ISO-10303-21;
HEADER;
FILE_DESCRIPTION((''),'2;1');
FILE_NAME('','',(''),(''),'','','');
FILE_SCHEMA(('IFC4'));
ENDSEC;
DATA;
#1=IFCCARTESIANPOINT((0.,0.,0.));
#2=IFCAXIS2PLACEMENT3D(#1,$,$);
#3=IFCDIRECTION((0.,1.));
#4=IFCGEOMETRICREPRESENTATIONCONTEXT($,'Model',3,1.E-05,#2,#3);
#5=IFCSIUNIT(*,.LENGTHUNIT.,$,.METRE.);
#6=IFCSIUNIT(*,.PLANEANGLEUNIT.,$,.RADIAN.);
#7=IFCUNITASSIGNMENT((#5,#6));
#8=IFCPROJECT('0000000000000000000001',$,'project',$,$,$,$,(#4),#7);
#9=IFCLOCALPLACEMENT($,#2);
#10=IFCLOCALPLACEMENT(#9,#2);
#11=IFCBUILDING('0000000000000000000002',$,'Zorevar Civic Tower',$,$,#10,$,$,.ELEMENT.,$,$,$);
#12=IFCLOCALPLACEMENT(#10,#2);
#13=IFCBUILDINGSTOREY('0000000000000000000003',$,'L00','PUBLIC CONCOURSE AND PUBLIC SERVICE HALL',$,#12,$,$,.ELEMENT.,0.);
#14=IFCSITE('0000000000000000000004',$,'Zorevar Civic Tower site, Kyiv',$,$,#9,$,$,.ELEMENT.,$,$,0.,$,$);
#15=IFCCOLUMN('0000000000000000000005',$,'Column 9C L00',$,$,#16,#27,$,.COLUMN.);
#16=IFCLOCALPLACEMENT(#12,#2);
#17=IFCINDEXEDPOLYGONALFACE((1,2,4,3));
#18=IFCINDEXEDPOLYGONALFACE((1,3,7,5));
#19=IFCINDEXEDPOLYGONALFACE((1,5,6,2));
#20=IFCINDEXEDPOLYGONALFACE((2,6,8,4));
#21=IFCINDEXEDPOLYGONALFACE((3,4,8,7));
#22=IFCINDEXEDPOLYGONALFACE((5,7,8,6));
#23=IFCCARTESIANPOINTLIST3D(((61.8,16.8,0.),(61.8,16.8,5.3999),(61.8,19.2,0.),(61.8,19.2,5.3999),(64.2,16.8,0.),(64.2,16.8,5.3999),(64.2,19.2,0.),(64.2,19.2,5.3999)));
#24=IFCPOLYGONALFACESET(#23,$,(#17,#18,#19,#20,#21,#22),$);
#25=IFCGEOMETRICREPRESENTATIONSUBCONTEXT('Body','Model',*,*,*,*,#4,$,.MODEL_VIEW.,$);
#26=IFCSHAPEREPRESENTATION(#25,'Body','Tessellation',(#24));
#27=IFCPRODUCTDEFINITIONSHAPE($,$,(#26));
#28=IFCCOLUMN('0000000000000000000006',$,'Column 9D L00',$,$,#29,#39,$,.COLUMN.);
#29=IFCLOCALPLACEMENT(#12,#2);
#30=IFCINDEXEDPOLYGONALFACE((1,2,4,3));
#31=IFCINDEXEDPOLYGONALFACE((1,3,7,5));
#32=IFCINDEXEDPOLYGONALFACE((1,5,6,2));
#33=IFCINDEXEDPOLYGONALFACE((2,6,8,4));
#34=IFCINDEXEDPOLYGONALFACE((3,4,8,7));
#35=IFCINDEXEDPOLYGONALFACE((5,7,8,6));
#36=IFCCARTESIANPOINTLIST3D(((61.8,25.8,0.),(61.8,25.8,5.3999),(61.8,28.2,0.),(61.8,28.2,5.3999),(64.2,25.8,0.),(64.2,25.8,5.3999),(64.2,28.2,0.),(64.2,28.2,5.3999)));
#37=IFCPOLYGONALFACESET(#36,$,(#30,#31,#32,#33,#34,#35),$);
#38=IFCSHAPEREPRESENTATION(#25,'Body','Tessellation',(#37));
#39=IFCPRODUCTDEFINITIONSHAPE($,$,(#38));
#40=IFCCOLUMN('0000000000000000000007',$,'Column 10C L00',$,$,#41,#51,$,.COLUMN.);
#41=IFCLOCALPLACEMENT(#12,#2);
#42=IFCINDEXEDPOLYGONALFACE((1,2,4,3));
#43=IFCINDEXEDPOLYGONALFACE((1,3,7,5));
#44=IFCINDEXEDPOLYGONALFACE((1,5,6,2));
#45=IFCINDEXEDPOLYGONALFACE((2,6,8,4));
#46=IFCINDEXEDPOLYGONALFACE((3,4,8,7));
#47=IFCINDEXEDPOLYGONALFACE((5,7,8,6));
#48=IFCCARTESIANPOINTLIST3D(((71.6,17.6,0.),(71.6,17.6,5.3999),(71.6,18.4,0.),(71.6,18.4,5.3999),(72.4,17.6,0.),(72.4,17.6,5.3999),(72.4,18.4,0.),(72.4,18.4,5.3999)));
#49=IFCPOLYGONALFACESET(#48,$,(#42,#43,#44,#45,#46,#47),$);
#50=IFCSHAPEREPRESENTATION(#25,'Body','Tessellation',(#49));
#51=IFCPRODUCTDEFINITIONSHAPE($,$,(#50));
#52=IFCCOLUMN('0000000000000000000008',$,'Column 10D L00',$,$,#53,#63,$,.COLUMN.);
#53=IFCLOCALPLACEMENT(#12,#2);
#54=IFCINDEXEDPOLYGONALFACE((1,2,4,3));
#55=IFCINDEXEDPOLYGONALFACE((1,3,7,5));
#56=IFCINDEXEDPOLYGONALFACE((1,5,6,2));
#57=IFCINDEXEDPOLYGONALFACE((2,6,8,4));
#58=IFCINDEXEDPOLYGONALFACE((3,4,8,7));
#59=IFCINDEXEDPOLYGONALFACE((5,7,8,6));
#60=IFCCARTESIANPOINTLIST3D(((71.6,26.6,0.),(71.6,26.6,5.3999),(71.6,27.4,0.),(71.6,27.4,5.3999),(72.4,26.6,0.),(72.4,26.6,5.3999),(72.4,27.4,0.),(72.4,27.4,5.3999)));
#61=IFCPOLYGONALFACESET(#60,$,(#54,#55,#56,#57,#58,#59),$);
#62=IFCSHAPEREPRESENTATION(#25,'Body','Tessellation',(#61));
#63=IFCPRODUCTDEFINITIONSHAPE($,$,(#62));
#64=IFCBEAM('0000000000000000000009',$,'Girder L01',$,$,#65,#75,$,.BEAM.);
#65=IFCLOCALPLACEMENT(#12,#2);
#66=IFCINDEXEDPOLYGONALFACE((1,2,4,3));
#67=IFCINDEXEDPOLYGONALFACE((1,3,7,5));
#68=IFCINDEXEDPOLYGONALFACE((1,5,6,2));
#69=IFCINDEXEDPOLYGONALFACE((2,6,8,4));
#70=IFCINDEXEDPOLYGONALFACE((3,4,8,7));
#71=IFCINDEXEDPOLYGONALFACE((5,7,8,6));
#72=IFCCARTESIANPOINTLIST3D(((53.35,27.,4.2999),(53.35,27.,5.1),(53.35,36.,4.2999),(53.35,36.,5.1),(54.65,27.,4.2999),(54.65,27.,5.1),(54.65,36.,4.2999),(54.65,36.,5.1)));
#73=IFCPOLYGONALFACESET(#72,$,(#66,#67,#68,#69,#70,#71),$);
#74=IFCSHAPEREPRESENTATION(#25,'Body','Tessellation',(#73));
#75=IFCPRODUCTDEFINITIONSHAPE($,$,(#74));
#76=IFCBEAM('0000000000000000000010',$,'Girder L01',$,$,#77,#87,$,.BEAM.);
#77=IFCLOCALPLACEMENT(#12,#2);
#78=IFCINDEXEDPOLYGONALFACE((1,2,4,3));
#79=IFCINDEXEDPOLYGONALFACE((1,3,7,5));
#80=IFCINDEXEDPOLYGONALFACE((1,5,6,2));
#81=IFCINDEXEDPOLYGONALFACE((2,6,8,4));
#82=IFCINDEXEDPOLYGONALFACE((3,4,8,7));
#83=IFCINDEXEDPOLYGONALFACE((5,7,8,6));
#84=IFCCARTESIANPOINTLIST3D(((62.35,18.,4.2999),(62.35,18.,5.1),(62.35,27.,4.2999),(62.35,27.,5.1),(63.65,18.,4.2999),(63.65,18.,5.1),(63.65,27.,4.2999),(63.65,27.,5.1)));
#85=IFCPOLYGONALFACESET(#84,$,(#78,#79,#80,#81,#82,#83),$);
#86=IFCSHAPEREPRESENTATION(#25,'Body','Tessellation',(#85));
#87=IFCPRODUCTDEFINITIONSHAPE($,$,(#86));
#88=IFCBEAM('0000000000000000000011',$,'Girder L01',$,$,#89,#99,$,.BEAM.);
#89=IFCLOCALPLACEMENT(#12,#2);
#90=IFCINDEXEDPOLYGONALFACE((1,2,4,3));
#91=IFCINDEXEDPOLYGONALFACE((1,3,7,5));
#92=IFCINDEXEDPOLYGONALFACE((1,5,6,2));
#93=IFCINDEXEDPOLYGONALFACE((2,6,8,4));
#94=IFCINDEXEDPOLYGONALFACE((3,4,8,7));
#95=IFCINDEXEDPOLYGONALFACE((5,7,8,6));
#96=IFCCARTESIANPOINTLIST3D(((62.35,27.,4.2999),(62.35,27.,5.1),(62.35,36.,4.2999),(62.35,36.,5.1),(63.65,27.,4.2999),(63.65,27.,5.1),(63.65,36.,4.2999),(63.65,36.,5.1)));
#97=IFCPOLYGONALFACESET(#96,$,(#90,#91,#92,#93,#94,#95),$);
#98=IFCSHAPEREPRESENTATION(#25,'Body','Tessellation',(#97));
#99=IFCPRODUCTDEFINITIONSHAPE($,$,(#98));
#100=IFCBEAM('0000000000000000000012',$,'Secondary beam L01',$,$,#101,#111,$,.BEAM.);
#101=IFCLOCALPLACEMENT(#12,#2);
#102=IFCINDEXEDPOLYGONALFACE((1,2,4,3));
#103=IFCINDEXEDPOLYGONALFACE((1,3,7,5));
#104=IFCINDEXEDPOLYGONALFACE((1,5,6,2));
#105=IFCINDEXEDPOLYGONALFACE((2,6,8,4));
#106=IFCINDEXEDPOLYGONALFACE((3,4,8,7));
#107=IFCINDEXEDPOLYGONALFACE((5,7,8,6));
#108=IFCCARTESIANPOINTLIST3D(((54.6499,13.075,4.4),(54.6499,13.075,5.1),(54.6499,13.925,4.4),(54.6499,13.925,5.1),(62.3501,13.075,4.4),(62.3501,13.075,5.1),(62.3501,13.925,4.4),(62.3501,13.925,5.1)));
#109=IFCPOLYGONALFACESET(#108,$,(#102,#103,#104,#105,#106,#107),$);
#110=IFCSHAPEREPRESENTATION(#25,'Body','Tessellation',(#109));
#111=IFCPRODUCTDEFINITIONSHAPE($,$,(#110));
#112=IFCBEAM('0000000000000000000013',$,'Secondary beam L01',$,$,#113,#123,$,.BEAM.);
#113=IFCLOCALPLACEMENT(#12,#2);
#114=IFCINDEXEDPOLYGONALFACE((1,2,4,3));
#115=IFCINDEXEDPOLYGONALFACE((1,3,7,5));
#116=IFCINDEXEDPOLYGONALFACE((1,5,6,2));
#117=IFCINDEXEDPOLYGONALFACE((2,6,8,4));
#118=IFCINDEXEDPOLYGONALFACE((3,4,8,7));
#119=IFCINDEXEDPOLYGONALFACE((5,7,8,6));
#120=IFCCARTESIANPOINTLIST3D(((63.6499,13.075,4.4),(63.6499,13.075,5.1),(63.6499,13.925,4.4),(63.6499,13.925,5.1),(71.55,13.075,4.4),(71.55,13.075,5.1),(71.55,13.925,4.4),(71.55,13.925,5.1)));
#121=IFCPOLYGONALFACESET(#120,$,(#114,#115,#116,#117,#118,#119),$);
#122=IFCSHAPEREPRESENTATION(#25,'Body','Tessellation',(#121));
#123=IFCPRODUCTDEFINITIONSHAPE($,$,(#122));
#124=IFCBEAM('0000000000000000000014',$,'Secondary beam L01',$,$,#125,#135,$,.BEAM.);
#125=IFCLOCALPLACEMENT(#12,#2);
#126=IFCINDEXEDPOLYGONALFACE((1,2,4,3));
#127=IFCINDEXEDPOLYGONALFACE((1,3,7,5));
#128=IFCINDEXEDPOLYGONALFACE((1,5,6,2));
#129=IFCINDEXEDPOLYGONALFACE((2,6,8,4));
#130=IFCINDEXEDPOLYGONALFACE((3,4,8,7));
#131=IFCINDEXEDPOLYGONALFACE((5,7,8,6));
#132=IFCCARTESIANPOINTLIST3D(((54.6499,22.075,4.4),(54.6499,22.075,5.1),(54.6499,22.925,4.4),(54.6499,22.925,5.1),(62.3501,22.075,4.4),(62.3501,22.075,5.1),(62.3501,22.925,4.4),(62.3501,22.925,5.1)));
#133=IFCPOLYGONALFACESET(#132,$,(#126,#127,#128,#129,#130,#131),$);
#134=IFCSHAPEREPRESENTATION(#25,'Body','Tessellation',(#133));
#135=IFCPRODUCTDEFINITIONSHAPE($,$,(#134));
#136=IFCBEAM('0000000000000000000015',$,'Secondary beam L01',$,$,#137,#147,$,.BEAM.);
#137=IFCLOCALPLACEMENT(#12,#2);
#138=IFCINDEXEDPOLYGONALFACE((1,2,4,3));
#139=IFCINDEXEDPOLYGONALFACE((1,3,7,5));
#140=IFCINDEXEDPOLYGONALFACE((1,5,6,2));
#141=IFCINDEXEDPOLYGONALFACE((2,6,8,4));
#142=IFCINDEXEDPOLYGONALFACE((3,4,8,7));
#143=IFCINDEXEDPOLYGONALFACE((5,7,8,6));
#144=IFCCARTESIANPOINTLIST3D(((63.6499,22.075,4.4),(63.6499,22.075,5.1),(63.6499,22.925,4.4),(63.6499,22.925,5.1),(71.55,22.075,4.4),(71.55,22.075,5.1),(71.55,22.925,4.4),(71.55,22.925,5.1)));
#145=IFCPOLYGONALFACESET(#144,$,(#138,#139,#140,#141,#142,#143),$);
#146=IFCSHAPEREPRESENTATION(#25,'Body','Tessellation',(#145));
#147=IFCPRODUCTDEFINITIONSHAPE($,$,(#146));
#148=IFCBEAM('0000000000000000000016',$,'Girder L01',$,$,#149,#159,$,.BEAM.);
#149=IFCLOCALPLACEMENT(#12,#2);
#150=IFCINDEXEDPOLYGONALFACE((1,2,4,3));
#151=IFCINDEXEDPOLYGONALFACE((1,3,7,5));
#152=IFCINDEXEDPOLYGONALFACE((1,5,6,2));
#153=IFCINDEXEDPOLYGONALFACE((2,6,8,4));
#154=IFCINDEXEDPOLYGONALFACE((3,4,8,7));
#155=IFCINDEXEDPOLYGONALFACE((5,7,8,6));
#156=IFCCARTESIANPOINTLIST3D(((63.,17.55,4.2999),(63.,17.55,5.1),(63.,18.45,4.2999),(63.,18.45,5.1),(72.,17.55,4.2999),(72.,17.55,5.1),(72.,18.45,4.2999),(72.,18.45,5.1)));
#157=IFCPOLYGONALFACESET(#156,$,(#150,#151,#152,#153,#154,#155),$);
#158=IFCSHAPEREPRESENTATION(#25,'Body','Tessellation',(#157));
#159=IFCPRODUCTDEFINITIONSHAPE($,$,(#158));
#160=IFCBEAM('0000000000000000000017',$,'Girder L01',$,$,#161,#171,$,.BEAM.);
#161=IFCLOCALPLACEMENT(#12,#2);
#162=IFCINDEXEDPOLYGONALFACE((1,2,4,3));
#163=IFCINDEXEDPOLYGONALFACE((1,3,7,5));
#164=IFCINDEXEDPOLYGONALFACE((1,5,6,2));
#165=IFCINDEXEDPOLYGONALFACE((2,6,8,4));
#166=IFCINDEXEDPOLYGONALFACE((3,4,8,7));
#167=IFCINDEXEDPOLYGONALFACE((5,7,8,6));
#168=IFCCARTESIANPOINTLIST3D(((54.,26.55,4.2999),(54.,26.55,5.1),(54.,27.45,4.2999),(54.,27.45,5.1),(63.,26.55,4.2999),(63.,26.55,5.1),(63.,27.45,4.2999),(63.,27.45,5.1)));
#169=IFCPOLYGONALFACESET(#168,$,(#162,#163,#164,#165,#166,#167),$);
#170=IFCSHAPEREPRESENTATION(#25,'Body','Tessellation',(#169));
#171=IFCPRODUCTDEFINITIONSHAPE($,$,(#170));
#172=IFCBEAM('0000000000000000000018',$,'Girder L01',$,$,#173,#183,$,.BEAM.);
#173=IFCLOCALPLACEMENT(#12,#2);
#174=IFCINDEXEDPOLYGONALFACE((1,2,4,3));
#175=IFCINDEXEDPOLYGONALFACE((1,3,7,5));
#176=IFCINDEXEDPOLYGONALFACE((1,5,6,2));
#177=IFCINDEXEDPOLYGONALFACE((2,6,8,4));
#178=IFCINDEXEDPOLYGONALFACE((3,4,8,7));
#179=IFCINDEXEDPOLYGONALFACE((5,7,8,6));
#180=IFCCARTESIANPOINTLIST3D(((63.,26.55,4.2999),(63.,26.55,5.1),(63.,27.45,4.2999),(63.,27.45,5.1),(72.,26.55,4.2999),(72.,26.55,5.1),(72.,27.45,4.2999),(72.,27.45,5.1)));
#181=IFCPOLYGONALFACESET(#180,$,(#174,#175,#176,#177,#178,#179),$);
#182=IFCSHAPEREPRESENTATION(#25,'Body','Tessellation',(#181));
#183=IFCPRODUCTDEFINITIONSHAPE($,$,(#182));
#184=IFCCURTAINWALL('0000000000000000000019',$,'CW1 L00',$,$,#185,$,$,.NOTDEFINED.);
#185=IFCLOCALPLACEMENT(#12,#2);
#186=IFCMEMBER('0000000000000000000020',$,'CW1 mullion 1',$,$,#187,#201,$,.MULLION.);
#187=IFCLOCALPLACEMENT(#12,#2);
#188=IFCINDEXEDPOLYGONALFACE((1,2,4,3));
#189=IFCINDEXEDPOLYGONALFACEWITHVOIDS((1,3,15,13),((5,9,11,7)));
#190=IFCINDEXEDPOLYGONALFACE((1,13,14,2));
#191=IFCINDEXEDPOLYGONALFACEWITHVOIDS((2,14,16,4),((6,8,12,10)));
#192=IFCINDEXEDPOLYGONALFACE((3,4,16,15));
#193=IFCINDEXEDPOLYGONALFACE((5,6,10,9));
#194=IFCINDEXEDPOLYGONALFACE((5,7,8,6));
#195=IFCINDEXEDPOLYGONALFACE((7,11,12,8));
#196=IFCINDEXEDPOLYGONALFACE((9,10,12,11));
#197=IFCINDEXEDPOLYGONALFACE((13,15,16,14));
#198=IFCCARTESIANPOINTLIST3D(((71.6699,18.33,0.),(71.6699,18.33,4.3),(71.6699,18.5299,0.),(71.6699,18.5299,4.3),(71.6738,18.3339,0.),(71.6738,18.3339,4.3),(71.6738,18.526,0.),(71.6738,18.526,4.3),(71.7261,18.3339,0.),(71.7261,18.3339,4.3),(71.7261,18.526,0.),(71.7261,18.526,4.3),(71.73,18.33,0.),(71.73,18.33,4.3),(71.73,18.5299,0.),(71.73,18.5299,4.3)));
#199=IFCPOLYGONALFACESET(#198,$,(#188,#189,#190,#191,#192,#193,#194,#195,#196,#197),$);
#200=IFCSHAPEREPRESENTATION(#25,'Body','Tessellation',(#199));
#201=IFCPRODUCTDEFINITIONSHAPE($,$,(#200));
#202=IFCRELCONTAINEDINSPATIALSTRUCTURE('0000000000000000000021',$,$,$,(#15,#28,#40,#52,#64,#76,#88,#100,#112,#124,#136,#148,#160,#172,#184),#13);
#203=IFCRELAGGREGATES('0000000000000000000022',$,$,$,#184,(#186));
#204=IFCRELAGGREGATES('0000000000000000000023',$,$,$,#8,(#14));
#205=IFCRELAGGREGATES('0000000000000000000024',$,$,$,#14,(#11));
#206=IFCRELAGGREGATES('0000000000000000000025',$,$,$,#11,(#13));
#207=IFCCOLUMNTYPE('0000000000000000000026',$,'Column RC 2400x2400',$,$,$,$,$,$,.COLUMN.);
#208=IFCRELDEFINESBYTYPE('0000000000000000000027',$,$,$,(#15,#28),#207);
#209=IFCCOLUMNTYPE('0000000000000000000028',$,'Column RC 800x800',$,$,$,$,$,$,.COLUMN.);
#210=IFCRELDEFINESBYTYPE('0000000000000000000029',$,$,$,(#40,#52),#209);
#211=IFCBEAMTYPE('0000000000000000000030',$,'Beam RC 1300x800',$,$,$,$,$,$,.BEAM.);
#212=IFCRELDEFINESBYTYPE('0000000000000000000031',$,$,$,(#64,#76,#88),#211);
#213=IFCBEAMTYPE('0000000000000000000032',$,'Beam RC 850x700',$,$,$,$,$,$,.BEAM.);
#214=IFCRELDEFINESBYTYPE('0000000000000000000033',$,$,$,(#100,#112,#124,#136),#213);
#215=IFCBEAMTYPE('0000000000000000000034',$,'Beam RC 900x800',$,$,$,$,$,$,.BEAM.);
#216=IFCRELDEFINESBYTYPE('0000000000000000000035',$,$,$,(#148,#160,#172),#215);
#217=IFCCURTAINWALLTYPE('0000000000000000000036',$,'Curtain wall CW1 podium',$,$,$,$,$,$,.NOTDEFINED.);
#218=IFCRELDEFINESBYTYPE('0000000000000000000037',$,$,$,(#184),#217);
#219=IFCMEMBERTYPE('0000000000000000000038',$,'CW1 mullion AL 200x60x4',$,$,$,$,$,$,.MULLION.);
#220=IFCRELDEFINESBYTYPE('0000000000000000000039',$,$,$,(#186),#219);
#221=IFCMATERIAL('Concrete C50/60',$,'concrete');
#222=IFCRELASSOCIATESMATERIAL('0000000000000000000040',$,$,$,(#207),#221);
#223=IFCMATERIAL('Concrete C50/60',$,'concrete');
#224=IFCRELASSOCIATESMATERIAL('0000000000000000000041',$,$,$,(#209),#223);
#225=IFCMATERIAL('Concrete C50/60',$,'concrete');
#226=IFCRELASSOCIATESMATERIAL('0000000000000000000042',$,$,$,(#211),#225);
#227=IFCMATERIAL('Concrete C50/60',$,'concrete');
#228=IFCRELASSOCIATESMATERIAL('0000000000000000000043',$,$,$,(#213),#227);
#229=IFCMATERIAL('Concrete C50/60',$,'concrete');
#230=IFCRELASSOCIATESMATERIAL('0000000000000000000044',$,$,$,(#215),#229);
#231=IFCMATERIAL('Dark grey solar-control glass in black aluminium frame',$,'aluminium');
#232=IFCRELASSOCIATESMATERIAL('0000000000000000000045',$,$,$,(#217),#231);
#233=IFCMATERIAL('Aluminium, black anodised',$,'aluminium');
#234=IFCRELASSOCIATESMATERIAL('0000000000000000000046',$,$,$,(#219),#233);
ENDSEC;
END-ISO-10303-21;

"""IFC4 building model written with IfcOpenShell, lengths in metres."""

from ifc_helpers import new_model, si_unit, direction, frame, origin, origin_2d, place, context, subcontext, project, spatial, rectangle, hollow_rectangle, extrude, material, material_profile, profile_set, type_object, element, aggregate, save


model = new_model("IFC4")

# Units and contexts
model_context = context("Model", 3, precision=1e-05, world=origin(), true_north=direction((0.0, 1.0)))
body_context = subcontext(model_context, "Body", "Model", "MODEL_VIEW")
ifc_project = project(units=[si_unit("LENGTHUNIT", "METRE"), si_unit("PLANEANGLEUNIT", "RADIAN")], contexts=[model_context])

# Site, building, storey
site_placement = place(None, origin())
site = spatial("IfcSite", under=ifc_project, at=site_placement, Name="Zorevar Civic Tower site, Kyiv", CompositionType="ELEMENT", RefElevation=0.0)
building_placement = place(site_placement, origin())
building = spatial("IfcBuilding", under=site, at=building_placement, Name="Zorevar Civic Tower", CompositionType="ELEMENT")
storey_placement = place(building_placement, origin())
storey = spatial("IfcBuildingStorey", under=building, at=storey_placement, Name="L00", Description="PUBLIC CONCOURSE AND PUBLIC SERVICE HALL", CompositionType="ELEMENT", Elevation=0.0)

# Columns
ifc_material_1 = material(Name="Concrete C50/60", Category="concrete")
ifc_material_profile_1 = material_profile(ifc_material_1, rectangle(XDim=2.3999, YDim=2.3999, at=origin_2d()), Name="RC 2400x2400")
ifc_profile_set_1 = profile_set([ifc_material_profile_1], Name="Concrete C50/60")
column_type_1 = type_object("IfcColumnType", Name="Column RC 2400x2400", PredefinedType="COLUMN", material=ifc_profile_set_1)
for number, where, z_axis, x_axis, name in (
    (1, (63.0, 18.0, 0.0), (0.0, 0.0, 1.0), (1.0, 0.0, 0.0), "Column 9C L00"),
    (2, (63.0, 27.0, 0.0), (0.0, 0.0, 1.0), (1.0, 0.0, 0.0), "Column 9D L00"),
):
    element("IfcColumn", number, at=place(storey_placement, frame(where, z_axis=z_axis, x_axis=x_axis)), inside=storey, type_object=column_type_1, Name=name, PredefinedType="COLUMN", context=body_context, shape_type="SweptSolid", body=[
        extrude(rectangle(XDim=2.3999, YDim=2.3999, at=origin_2d()), origin(), (0.0, 0.0, 1.0), 5.3999),
    ])
ifc_material_2 = material(Name="Concrete C50/60", Category="concrete")
ifc_material_profile_2 = material_profile(ifc_material_2, rectangle(XDim=0.8, YDim=0.8, at=origin_2d()), Name="RC 800x800")
ifc_profile_set_2 = profile_set([ifc_material_profile_2], Name="Concrete C50/60")
column_type_2 = type_object("IfcColumnType", Name="Column RC 800x800", PredefinedType="COLUMN", material=ifc_profile_set_2)
for number, where, z_axis, x_axis, name in (
    (3, (72.0, 18.0, 0.0), (0.0, 0.0, 1.0), (1.0, 0.0, 0.0), "Column 10C L00"),
    (4, (72.0, 27.0, 0.0), (0.0, 0.0, 1.0), (1.0, 0.0, 0.0), "Column 10D L00"),
):
    element("IfcColumn", number, at=place(storey_placement, frame(where, z_axis=z_axis, x_axis=x_axis)), inside=storey, type_object=column_type_2, Name=name, PredefinedType="COLUMN", context=body_context, shape_type="SweptSolid", body=[
        extrude(rectangle(XDim=0.8, YDim=0.8, at=origin_2d()), origin(), (0.0, 0.0, 1.0), 5.3999),
    ])

# Beams
ifc_material_3 = material(Name="Concrete C50/60", Category="concrete")
ifc_material_profile_3 = material_profile(ifc_material_3, rectangle(XDim=1.3, YDim=0.8, at=origin_2d()), Name="RC 1300x800")
ifc_profile_set_3 = profile_set([ifc_material_profile_3], Name="Concrete C50/60")
beam_type_1 = type_object("IfcBeamType", Name="Beam RC 1300x800", PredefinedType="BEAM", material=ifc_profile_set_3)
for number, where, z_axis, x_axis, name in (
    (5, (54.0, 27.0, 4.7), (0.0, 1.0, 0.0), (-1.0, 0.0, 0.0), "Girder L01"),
    (6, (63.0, 18.0, 4.7), (0.0, 1.0, 0.0), (-1.0, 0.0, 0.0), "Girder L01"),
    (7, (63.0, 27.0, 4.7), (0.0, 1.0, 0.0), (-1.0, 0.0, 0.0), "Girder L01"),
):
    element("IfcBeam", number, at=place(storey_placement, frame(where, z_axis=z_axis, x_axis=x_axis)), inside=storey, type_object=beam_type_1, Name=name, PredefinedType="BEAM", context=body_context, shape_type="SweptSolid", body=[
        extrude(rectangle(XDim=1.3, YDim=0.8, at=origin_2d()), origin(), (0.0, 0.0, 1.0), 9.0),
    ])
ifc_material_4 = material(Name="Concrete C50/60", Category="concrete")
ifc_material_profile_4 = material_profile(ifc_material_4, rectangle(XDim=0.8501, YDim=0.7, at=origin_2d()), Name="RC 850x700")
ifc_profile_set_4 = profile_set([ifc_material_profile_4], Name="Concrete C50/60")
beam_type_2 = type_object("IfcBeamType", Name="Beam RC 850x700", PredefinedType="BEAM", material=ifc_profile_set_4)
beam_1_placement = place(storey_placement, frame((54.6499, 13.5, 4.75), z_axis=(1.0, 0.0, 0.0), x_axis=(0.0, 1.0, 0.0)))
element("IfcBeam", 8, at=beam_1_placement, inside=storey, type_object=beam_type_2, Name="Secondary beam L01", PredefinedType="BEAM", context=body_context, shape_type="SweptSolid", body=[
    extrude(rectangle(XDim=0.8501, YDim=0.7, at=origin_2d()), origin(), (0.0, 0.0, 1.0), 7.7002),
])
beam_2_placement = place(storey_placement, frame((63.6499, 13.5, 4.75), z_axis=(1.0, 0.0, 0.0), x_axis=(0.0, 1.0, 0.0)))
element("IfcBeam", 9, at=beam_2_placement, inside=storey, type_object=beam_type_2, Name="Secondary beam L01", PredefinedType="BEAM", context=body_context, shape_type="SweptSolid", body=[
    extrude(rectangle(XDim=0.8501, YDim=0.7, at=origin_2d()), origin(), (0.0, 0.0, 1.0), 7.9001),
])
beam_3_placement = place(storey_placement, frame((54.6499, 22.5, 4.75), z_axis=(1.0, 0.0, 0.0), x_axis=(0.0, 1.0, 0.0)))
element("IfcBeam", 10, at=beam_3_placement, inside=storey, type_object=beam_type_2, Name="Secondary beam L01", PredefinedType="BEAM", context=body_context, shape_type="SweptSolid", body=[
    extrude(rectangle(XDim=0.8501, YDim=0.7, at=origin_2d()), origin(), (0.0, 0.0, 1.0), 7.7002),
])
beam_4_placement = place(storey_placement, frame((63.6499, 22.5, 4.75), z_axis=(1.0, 0.0, 0.0), x_axis=(0.0, 1.0, 0.0)))
element("IfcBeam", 11, at=beam_4_placement, inside=storey, type_object=beam_type_2, Name="Secondary beam L01", PredefinedType="BEAM", context=body_context, shape_type="SweptSolid", body=[
    extrude(rectangle(XDim=0.8501, YDim=0.7, at=origin_2d()), origin(), (0.0, 0.0, 1.0), 7.9001),
])
ifc_material_5 = material(Name="Concrete C50/60", Category="concrete")
ifc_material_profile_5 = material_profile(ifc_material_5, rectangle(XDim=0.8999, YDim=0.8, at=origin_2d()), Name="RC 900x800")
ifc_profile_set_5 = profile_set([ifc_material_profile_5], Name="Concrete C50/60")
beam_type_3 = type_object("IfcBeamType", Name="Beam RC 900x800", PredefinedType="BEAM", material=ifc_profile_set_5)
for number, where, z_axis, x_axis, name in (
    (12, (63.0, 18.0, 4.7), (1.0, 0.0, 0.0), (0.0, 1.0, 0.0), "Girder L01"),
    (13, (54.0, 27.0, 4.7), (1.0, 0.0, 0.0), (0.0, 1.0, 0.0), "Girder L01"),
    (14, (63.0, 27.0, 4.7), (1.0, 0.0, 0.0), (0.0, 1.0, 0.0), "Girder L01"),
):
    element("IfcBeam", number, at=place(storey_placement, frame(where, z_axis=z_axis, x_axis=x_axis)), inside=storey, type_object=beam_type_3, Name=name, PredefinedType="BEAM", context=body_context, shape_type="SweptSolid", body=[
        extrude(rectangle(XDim=0.8999, YDim=0.8, at=origin_2d()), origin(), (0.0, 0.0, 1.0), 9.0),
    ])

# Curtain wall, member
ifc_material_6 = material(Name="Dark grey solar-control glass in black aluminium frame", Category="aluminium")
curtain_wall_type = type_object("IfcCurtainWallType", Name="Curtain wall CW1 podium", PredefinedType="NOTDEFINED", material=ifc_material_6)
curtain_wall_1_placement = place(storey_placement, origin())
curtain_wall_1 = element("IfcCurtainWall", 15, at=curtain_wall_1_placement, inside=storey, type_object=curtain_wall_type, Name="CW1 L00", PredefinedType="NOTDEFINED")
ifc_material_7 = material(Name="Aluminium, black anodised", Category="aluminium")
ifc_material_profile_6 = material_profile(ifc_material_7, hollow_rectangle(XDim=0.0601, YDim=0.2, WallThickness=0.0039, at=origin_2d()), Name="AL 200x60x4")
ifc_profile_set_6 = profile_set([ifc_material_profile_6], Name="Aluminium, black anodised")
member_type_1 = type_object("IfcMemberType", Name="CW1 mullion AL 200x60x4", PredefinedType="MULLION", material=ifc_profile_set_6)
member_1_placement = place(storey_placement, frame((71.7, 18.4299, 0.0), z_axis=(0.0, 0.0, 1.0), x_axis=(-1.0, 0.0, 0.0)))
member_1 = element("IfcMember", 16, at=member_1_placement, type_object=member_type_1, Name="CW1 mullion 1", PredefinedType="MULLION", context=body_context, shape_type="SweptSolid", body=[
    extrude(hollow_rectangle(XDim=0.0601, YDim=0.2, WallThickness=0.0039, at=origin_2d()), origin(), (0.0, 0.0, 1.0), 4.3),
])

aggregate(curtain_wall_1, [member_1])

save(model, "model.ifc")
